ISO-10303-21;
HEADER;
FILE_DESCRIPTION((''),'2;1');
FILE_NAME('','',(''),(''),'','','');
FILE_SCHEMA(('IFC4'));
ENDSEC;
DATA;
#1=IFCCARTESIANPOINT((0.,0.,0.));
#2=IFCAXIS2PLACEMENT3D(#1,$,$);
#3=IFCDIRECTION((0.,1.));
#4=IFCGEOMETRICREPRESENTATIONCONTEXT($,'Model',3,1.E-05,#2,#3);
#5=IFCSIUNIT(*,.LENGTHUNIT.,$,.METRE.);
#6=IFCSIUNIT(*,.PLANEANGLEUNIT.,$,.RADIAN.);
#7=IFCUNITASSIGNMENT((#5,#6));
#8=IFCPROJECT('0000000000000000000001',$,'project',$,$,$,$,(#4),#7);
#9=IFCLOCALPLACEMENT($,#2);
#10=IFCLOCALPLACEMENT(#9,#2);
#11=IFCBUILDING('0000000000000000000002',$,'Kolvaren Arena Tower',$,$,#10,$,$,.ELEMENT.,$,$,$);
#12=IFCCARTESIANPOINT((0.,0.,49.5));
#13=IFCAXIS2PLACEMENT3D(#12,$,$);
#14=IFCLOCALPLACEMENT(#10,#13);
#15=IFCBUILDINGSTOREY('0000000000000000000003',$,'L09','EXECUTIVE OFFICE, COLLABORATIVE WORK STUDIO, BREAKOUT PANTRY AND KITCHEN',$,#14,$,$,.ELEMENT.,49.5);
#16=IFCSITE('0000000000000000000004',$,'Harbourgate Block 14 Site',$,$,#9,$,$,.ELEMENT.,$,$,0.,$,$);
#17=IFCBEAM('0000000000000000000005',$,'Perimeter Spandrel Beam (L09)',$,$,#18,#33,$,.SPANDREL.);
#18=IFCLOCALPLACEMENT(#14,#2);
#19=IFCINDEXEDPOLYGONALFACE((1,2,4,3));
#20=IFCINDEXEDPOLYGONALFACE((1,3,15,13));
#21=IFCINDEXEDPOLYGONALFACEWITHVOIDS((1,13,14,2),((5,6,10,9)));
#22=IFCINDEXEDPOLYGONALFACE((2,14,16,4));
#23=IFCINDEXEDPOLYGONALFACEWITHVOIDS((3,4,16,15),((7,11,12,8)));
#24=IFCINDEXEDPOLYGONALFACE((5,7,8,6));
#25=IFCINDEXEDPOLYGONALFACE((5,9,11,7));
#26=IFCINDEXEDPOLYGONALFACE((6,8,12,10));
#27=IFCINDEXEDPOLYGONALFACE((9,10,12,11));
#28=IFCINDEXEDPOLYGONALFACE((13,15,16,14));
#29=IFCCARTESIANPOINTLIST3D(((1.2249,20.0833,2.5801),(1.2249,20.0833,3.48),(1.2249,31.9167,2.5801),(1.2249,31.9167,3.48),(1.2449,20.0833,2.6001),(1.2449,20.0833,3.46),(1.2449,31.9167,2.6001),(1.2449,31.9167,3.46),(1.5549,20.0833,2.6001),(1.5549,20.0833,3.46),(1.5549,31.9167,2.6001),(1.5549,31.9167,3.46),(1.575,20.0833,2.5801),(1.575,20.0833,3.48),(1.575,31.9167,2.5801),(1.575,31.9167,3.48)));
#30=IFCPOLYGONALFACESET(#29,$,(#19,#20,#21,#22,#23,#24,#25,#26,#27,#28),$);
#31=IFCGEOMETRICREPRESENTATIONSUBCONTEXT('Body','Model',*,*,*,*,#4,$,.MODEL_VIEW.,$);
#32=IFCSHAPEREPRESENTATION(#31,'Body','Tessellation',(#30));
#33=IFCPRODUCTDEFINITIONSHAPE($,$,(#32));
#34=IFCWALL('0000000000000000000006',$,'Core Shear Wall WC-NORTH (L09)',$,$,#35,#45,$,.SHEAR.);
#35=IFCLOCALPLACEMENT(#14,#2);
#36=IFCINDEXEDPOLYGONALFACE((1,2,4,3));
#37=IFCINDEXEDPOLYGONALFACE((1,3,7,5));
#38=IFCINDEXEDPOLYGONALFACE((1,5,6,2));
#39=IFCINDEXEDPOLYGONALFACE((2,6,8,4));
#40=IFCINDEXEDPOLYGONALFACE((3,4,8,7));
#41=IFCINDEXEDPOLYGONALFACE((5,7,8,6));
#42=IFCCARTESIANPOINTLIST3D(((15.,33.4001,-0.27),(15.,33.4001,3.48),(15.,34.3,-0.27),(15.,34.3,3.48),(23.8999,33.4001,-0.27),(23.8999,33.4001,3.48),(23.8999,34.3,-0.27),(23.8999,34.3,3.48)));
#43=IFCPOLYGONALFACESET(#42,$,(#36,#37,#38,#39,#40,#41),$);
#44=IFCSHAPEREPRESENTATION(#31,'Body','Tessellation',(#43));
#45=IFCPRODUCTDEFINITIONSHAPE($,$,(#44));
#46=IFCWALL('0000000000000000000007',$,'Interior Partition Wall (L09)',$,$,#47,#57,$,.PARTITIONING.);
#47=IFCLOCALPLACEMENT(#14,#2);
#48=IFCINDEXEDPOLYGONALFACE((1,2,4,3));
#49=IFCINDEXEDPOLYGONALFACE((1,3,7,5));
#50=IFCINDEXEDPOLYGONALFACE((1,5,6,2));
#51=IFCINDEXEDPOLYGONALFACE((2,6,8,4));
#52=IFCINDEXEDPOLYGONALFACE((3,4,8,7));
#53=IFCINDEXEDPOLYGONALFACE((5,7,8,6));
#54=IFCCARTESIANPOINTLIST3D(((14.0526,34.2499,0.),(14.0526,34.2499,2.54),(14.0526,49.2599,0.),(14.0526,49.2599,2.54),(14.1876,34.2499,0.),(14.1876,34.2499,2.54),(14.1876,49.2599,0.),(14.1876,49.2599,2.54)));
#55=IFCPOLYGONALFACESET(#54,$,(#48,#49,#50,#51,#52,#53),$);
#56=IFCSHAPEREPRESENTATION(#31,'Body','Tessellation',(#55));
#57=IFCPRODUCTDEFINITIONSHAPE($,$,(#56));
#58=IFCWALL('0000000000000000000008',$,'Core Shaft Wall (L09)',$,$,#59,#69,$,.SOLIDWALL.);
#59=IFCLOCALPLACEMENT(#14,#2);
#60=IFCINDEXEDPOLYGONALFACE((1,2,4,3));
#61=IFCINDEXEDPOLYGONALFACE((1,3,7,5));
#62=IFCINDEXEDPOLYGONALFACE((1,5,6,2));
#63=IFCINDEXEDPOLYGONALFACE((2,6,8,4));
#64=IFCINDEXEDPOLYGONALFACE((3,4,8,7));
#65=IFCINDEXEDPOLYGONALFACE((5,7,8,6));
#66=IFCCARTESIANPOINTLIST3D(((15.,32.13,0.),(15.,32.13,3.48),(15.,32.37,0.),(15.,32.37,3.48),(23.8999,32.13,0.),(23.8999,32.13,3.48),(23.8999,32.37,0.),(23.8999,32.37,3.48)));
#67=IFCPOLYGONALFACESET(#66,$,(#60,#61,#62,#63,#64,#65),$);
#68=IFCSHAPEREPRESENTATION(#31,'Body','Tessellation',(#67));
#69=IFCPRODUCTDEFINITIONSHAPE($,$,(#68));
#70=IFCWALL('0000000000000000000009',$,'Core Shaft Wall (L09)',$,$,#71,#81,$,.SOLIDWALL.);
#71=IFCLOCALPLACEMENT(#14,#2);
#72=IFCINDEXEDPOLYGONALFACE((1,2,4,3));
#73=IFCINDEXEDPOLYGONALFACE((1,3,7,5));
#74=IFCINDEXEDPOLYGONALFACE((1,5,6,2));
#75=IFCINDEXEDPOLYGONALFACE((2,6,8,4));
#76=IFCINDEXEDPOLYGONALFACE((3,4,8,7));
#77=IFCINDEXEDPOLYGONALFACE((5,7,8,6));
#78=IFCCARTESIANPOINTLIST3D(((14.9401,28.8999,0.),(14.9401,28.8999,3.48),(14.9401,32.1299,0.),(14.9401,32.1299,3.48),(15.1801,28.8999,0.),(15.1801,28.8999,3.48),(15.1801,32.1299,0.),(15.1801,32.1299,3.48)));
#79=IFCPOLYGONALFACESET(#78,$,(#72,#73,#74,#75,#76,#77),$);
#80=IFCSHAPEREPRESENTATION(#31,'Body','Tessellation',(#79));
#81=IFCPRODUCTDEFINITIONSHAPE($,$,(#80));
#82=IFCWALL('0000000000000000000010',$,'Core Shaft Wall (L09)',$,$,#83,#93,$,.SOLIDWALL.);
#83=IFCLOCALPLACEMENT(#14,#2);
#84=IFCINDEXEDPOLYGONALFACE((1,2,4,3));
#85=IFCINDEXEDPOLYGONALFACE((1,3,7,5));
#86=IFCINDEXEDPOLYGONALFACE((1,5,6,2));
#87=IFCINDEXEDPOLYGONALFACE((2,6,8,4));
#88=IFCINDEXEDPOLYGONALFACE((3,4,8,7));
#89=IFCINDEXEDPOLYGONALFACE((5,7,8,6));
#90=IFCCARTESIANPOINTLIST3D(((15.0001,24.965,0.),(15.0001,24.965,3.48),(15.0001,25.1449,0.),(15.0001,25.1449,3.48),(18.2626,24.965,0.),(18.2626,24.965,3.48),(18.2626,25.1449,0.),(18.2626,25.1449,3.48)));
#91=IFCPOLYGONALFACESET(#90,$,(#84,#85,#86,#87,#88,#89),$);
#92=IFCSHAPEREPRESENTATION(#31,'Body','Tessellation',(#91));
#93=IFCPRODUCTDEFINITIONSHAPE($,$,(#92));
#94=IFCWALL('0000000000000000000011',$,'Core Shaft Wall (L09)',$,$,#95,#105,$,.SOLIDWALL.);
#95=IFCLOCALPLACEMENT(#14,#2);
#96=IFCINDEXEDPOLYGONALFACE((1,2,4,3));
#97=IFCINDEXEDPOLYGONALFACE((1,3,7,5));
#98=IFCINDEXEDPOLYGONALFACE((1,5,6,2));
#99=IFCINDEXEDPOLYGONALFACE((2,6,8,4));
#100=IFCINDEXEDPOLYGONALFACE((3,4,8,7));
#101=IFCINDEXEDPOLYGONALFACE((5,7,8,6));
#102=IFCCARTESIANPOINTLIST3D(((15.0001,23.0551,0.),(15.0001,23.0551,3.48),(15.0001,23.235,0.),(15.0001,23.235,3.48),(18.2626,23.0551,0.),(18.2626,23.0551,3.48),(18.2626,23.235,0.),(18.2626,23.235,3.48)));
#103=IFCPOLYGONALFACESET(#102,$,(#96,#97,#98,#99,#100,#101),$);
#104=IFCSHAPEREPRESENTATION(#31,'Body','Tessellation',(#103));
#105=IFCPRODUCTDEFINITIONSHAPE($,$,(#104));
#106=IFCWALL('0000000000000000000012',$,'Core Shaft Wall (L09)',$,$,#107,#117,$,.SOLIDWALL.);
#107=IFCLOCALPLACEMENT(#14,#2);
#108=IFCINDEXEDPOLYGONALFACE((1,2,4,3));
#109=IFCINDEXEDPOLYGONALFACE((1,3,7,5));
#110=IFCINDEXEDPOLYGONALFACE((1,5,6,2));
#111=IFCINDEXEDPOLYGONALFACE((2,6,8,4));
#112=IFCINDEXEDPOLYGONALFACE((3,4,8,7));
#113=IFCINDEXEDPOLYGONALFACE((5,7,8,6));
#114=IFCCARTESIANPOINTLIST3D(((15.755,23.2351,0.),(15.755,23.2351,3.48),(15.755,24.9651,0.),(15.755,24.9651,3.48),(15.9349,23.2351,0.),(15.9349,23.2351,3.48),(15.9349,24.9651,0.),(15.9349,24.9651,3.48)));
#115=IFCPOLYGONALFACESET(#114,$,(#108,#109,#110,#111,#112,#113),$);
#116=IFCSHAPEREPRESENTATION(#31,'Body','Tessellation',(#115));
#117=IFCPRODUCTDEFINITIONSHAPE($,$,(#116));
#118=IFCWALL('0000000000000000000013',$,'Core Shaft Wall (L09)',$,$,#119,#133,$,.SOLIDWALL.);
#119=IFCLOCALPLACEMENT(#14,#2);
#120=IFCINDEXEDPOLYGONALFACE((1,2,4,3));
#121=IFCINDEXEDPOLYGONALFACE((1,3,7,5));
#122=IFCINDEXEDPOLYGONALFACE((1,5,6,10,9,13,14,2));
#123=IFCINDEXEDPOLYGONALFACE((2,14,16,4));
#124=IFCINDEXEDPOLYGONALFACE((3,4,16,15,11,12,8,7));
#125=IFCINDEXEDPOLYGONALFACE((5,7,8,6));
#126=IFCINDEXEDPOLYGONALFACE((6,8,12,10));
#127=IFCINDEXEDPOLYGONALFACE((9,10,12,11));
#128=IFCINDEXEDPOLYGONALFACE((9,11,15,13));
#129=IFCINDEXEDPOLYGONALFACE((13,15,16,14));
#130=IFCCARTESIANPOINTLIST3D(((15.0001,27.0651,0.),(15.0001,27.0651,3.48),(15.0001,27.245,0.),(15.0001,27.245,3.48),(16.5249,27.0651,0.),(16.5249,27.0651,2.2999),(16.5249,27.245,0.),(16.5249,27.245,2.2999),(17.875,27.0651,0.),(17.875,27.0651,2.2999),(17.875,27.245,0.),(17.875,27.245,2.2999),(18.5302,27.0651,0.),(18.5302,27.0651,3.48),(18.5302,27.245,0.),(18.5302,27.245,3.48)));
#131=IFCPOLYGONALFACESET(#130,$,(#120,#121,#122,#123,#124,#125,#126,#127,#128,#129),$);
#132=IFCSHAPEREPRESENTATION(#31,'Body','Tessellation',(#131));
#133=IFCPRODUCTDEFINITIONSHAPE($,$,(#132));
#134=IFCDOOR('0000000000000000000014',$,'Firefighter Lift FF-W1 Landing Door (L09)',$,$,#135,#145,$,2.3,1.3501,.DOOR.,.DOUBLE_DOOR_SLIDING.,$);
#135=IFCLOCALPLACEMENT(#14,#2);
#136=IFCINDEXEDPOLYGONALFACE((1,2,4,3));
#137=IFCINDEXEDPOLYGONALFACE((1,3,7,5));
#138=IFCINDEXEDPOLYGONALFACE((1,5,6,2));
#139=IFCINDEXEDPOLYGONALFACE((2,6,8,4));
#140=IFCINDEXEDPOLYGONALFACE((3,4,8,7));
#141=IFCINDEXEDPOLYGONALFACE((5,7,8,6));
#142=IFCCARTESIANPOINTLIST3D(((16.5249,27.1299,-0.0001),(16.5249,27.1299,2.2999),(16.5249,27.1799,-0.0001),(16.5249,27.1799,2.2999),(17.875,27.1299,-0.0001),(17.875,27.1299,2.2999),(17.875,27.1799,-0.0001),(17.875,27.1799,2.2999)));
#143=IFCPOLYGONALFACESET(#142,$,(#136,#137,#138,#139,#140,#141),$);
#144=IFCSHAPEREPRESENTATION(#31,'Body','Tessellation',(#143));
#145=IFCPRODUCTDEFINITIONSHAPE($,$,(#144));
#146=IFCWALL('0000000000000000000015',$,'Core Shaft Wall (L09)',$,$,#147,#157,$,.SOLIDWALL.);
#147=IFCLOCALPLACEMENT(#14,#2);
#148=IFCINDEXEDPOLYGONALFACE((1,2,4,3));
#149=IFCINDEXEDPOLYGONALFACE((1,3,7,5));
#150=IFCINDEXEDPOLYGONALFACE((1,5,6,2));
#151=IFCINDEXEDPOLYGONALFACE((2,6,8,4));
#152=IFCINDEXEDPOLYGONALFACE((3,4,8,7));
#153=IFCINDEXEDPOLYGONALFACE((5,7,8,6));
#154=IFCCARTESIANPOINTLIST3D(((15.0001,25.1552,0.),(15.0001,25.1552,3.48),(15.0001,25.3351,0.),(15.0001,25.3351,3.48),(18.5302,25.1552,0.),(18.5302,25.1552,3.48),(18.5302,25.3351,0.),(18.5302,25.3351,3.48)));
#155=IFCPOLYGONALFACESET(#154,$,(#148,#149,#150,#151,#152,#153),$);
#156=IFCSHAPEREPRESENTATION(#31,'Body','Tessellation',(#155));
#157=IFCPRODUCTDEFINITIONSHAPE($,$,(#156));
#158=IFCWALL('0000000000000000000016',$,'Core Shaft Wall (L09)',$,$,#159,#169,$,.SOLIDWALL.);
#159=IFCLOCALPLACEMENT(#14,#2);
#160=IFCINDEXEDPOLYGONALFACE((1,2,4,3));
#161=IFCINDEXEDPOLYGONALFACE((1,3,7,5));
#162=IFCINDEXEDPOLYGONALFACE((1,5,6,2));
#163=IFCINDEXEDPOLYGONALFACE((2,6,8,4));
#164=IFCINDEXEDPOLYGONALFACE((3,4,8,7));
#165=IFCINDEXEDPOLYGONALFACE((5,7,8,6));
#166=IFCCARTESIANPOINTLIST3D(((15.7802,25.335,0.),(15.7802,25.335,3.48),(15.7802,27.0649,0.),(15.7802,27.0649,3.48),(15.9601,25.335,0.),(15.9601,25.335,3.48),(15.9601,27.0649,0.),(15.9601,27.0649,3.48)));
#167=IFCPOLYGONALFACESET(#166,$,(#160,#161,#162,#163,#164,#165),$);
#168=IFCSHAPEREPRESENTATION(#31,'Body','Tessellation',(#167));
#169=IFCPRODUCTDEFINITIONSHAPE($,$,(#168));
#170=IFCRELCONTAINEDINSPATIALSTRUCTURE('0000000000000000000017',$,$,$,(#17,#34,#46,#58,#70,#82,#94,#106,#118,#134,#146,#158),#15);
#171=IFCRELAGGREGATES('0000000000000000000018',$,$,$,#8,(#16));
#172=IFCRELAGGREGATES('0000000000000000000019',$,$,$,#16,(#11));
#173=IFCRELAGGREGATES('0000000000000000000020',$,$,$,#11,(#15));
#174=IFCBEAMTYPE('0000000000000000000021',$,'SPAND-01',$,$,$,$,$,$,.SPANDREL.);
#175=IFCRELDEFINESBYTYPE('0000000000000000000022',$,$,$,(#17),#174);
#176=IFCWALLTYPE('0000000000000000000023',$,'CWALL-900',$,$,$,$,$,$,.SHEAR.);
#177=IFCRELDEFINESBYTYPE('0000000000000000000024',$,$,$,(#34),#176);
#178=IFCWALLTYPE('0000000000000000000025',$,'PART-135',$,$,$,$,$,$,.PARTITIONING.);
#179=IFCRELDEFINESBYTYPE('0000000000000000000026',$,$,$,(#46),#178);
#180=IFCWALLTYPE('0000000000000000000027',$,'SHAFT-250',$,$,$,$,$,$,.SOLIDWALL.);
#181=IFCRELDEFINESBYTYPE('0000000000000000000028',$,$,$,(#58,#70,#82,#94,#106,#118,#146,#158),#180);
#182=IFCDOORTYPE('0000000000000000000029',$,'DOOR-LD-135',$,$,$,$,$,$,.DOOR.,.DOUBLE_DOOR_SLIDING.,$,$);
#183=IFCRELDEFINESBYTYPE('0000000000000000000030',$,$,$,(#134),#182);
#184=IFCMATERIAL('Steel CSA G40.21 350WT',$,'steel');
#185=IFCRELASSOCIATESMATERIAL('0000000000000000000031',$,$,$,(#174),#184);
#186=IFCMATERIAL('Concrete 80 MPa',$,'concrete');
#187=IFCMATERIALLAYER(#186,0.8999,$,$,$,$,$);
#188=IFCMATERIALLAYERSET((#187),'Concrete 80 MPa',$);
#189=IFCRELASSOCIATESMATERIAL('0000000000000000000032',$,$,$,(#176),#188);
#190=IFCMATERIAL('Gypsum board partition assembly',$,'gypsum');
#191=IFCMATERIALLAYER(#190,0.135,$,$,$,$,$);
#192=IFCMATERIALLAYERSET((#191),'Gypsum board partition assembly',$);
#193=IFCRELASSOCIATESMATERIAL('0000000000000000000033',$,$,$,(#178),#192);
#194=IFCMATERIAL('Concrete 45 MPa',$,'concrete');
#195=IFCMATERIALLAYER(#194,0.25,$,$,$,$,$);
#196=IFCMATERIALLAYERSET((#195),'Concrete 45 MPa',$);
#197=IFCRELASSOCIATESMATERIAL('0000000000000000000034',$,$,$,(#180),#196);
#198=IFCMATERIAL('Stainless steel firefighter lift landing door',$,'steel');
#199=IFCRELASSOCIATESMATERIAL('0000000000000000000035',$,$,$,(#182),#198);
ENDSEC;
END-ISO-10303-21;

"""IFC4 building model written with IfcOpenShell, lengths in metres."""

from ifc_helpers import new_model, si_unit, direction, frame, frame_2d, origin, origin_2d, place, context, subcontext, project, spatial, rectangle, hollow_rectangle, extrude, material, layer, layer_set, material_profile, profile_set, type_object, element, fill, save


model = new_model("IFC4")

# Units and contexts
model_context = context("Model", 3, precision=1e-05, world=origin(), true_north=direction((0.0, 1.0)))
body_context = subcontext(model_context, "Body", "Model", "MODEL_VIEW")
ifc_project = project(units=[si_unit("LENGTHUNIT", "METRE"), si_unit("PLANEANGLEUNIT", "RADIAN")], contexts=[model_context])

# Site, building, storey
site_placement = place(None, origin())
site = spatial("IfcSite", under=ifc_project, at=site_placement, Name="Harbourgate Block 14 Site", CompositionType="ELEMENT", RefElevation=0.0)
building_placement = place(site_placement, origin())
building = spatial("IfcBuilding", under=site, at=building_placement, Name="Kolvaren Arena Tower", CompositionType="ELEMENT")
storey_placement = place(building_placement, frame((0.0, 0.0, 49.5)))
storey = spatial("IfcBuildingStorey", under=building, at=storey_placement, Name="L09", Description="EXECUTIVE OFFICE, COLLABORATIVE WORK STUDIO, BREAKOUT PANTRY AND KITCHEN", CompositionType="ELEMENT", Elevation=49.5)

# Beam
ifc_material_1 = material(Name="Steel CSA G40.21 350WT", Category="steel")
ifc_material_profile_1 = material_profile(ifc_material_1, hollow_rectangle(XDim=0.3501, YDim=0.8999, WallThickness=0.02, at=origin_2d()), Name="HSS 900x350x20")
ifc_profile_set_1 = profile_set([ifc_material_profile_1], Name="Steel CSA G40.21 350WT")
beam_type_1 = type_object("IfcBeamType", Name="SPAND-01", PredefinedType="SPANDREL", material=ifc_profile_set_1)
beam_1_placement = place(storey_placement, frame((1.3999, 31.9167, 3.03), z_axis=(0.0, -1.0, 0.0), x_axis=(1.0, 0.0, 0.0)))
element("IfcBeam", 1, at=beam_1_placement, inside=storey, type_object=beam_type_1, Name="Perimeter Spandrel Beam (L09)", PredefinedType="SPANDREL", context=body_context, shape_type="SweptSolid", body=[
    extrude(hollow_rectangle(XDim=0.3501, YDim=0.8999, WallThickness=0.02, at=origin_2d()), origin(), (0.0, 0.0, 1.0), 11.8335),
])

# Walls
ifc_material_2 = material(Name="Concrete 80 MPa", Category="concrete")
ifc_layer_1 = layer(ifc_material_2, 0.8999)
ifc_layer_set_1 = layer_set([ifc_layer_1], Name="Concrete 80 MPa")
wall_type_1 = type_object("IfcWallType", Name="CWALL-900", PredefinedType="SHEAR", material=ifc_layer_set_1)
wall_1_placement = place(storey_placement, frame((15.0, 33.8501, -0.27), z_axis=(0.0, 0.0, 1.0), x_axis=(1.0, 0.0, 0.0)))
element("IfcWall", 2, at=wall_1_placement, inside=storey, type_object=wall_type_1, Name="Core Shear Wall WC-NORTH (L09)", PredefinedType="SHEAR", context=body_context, shape_type="SweptSolid", body=[
    extrude(rectangle(XDim=8.8999, YDim=0.8999, at=frame_2d((4.45, 0.0))), origin(), (0.0, 0.0, 1.0), 3.75),
])
ifc_material_3 = material(Name="Gypsum board partition assembly", Category="gypsum")
ifc_layer_2 = layer(ifc_material_3, 0.135)
ifc_layer_set_2 = layer_set([ifc_layer_2], Name="Gypsum board partition assembly")
wall_type_2 = type_object("IfcWallType", Name="PART-135", PredefinedType="PARTITIONING", material=ifc_layer_set_2)
wall_2_placement = place(storey_placement, frame((14.1201, 34.25, 0.0), z_axis=(0.0, 0.0, 1.0), x_axis=(0.0, 1.0, 0.0)))
element("IfcWall", 3, at=wall_2_placement, inside=storey, type_object=wall_type_2, Name="Interior Partition Wall (L09)", PredefinedType="PARTITIONING", context=body_context, shape_type="SweptSolid", body=[
    extrude(rectangle(XDim=15.01, YDim=0.135, at=frame_2d((7.5049, 0.0))), origin(), (0.0, 0.0, 1.0), 2.54),
])
ifc_material_4 = material(Name="Concrete 45 MPa", Category="concrete")
ifc_layer_3 = layer(ifc_material_4, 0.25)
ifc_layer_set_3 = layer_set([ifc_layer_3], Name="Concrete 45 MPa")
wall_type_3 = type_object("IfcWallType", Name="SHAFT-250", PredefinedType="SOLIDWALL", material=ifc_layer_set_3)
wall_3_placement = place(storey_placement, frame((15.0, 32.25, 0.0), z_axis=(0.0, 0.0, 1.0), x_axis=(1.0, 0.0, 0.0)))
element("IfcWall", 4, at=wall_3_placement, inside=storey, type_object=wall_type_3, Name="Core Shaft Wall (L09)", PredefinedType="SOLIDWALL", context=body_context, shape_type="SweptSolid", body=[
    extrude(rectangle(XDim=8.8999, YDim=0.24, at=frame_2d((4.45, 0.0))), origin(), (0.0, 0.0, 1.0), 3.48),
])
wall_4_placement = place(storey_placement, frame((15.0601, 28.8999, 0.0), z_axis=(0.0, 0.0, 1.0), x_axis=(0.0, 1.0, 0.0)))
element("IfcWall", 5, at=wall_4_placement, inside=storey, type_object=wall_type_3, Name="Core Shaft Wall (L09)", PredefinedType="SOLIDWALL", context=body_context, shape_type="SweptSolid", body=[
    extrude(rectangle(XDim=3.23, YDim=0.24, at=frame_2d((1.615, 0.0))), origin(), (0.0, 0.0, 1.0), 3.48),
])
for number, where, z_axis, x_axis, name in (
    (6, (15.0, 25.0549, 0.0), (0.0, 0.0, 1.0), (1.0, 0.0, 0.0), "Core Shaft Wall (L09)"),
    (7, (15.0, 23.145, 0.0), (0.0, 0.0, 1.0), (1.0, 0.0, 0.0), "Core Shaft Wall (L09)"),
):
    element("IfcWall", number, at=place(storey_placement, frame(where, z_axis=z_axis, x_axis=x_axis)), inside=storey, type_object=wall_type_3, Name=name, PredefinedType="SOLIDWALL", context=body_context, shape_type="SweptSolid", body=[
        extrude(rectangle(XDim=3.2625, YDim=0.1799, at=frame_2d((1.6313, 0.0))), origin(), (0.0, 0.0, 1.0), 3.48),
    ])
wall_5_placement = place(storey_placement, frame((15.845, 23.2351, 0.0), z_axis=(0.0, 0.0, 1.0), x_axis=(0.0, 1.0, 0.0)))
element("IfcWall", 8, at=wall_5_placement, inside=storey, type_object=wall_type_3, Name="Core Shaft Wall (L09)", PredefinedType="SOLIDWALL", context=body_context, shape_type="SweptSolid", body=[
    extrude(rectangle(XDim=1.73, YDim=0.1799, at=frame_2d((0.865, 0.0))), origin(), (0.0, 0.0, 1.0), 3.48),
])

# Wall, opening, door
wall_6_placement = place(storey_placement, frame((15.0, 27.155, 0.0), z_axis=(0.0, 0.0, 1.0), x_axis=(1.0, 0.0, 0.0)))
wall_6 = element("IfcWall", 9, at=wall_6_placement, inside=storey, type_object=wall_type_3, Name="Core Shaft Wall (L09)", PredefinedType="SOLIDWALL", context=body_context, shape_type="SweptSolid", body=[
    extrude(rectangle(XDim=3.53, YDim=0.1799, at=frame_2d((1.7651, 0.0))), origin(), (0.0, 0.0, 1.0), 3.48),
])
opening_placement = place(wall_6_placement, frame((1.5249, 0.0, 0.0)))
opening = element("IfcOpeningElement", 10, at=opening_placement, cuts=wall_6, PredefinedType="OPENING", context=body_context, shape_type="SweptSolid", body=[
    extrude(rectangle(XDim=1.3501, YDim=2.3, at=frame_2d((0.675, 1.1499))), frame((0.0, 0.0999, 0.0), z_axis=(0.0, -1.0, 0.0), x_axis=(1.0, 0.0, 0.0)), (0.0, 0.0, 1.0), 0.2),
])
ifc_material_5 = material(Name="Stainless steel firefighter lift landing door", Category="steel")
door_type = type_object("IfcDoorType", Name="DOOR-LD-135", OperationType="DOUBLE_DOOR_SLIDING", PredefinedType="DOOR", material=ifc_material_5)
door_placement = place(opening_placement, origin())
door = element("IfcDoor", 11, at=door_placement, inside=storey, type_object=door_type, Name="Firefighter Lift FF-W1 Landing Door (L09)", OperationType="DOUBLE_DOOR_SLIDING", OverallHeight=2.3, OverallWidth=1.3501, PredefinedType="DOOR", context=body_context, shape_type="SweptSolid", body=[
    extrude(rectangle(XDim=1.3501, YDim=2.3, at=frame_2d((0.675, 1.1499))), frame((0.0, 0.0249, 0.0), z_axis=(0.0, -1.0, 0.0), x_axis=(1.0, 0.0, 0.0)), (0.0, 0.0, 1.0), 0.05),
])
fill(opening, door)

# Walls
wall_7_placement = place(storey_placement, frame((15.0, 25.2451, 0.0), z_axis=(0.0, 0.0, 1.0), x_axis=(1.0, 0.0, 0.0)))
element("IfcWall", 12, at=wall_7_placement, inside=storey, type_object=wall_type_3, Name="Core Shaft Wall (L09)", PredefinedType="SOLIDWALL", context=body_context, shape_type="SweptSolid", body=[
    extrude(rectangle(XDim=3.53, YDim=0.1799, at=frame_2d((1.7651, 0.0))), origin(), (0.0, 0.0, 1.0), 3.48),
])
wall_8_placement = place(storey_placement, frame((15.8701, 25.335, 0.0), z_axis=(0.0, 0.0, 1.0), x_axis=(0.0, 1.0, 0.0)))
element("IfcWall", 13, at=wall_8_placement, inside=storey, type_object=wall_type_3, Name="Core Shaft Wall (L09)", PredefinedType="SOLIDWALL", context=body_context, shape_type="SweptSolid", body=[
    extrude(rectangle(XDim=1.73, YDim=0.1799, at=frame_2d((0.865, 0.0))), origin(), (0.0, 0.0, 1.0), 3.48),
])

save(model, "model.ifc")
